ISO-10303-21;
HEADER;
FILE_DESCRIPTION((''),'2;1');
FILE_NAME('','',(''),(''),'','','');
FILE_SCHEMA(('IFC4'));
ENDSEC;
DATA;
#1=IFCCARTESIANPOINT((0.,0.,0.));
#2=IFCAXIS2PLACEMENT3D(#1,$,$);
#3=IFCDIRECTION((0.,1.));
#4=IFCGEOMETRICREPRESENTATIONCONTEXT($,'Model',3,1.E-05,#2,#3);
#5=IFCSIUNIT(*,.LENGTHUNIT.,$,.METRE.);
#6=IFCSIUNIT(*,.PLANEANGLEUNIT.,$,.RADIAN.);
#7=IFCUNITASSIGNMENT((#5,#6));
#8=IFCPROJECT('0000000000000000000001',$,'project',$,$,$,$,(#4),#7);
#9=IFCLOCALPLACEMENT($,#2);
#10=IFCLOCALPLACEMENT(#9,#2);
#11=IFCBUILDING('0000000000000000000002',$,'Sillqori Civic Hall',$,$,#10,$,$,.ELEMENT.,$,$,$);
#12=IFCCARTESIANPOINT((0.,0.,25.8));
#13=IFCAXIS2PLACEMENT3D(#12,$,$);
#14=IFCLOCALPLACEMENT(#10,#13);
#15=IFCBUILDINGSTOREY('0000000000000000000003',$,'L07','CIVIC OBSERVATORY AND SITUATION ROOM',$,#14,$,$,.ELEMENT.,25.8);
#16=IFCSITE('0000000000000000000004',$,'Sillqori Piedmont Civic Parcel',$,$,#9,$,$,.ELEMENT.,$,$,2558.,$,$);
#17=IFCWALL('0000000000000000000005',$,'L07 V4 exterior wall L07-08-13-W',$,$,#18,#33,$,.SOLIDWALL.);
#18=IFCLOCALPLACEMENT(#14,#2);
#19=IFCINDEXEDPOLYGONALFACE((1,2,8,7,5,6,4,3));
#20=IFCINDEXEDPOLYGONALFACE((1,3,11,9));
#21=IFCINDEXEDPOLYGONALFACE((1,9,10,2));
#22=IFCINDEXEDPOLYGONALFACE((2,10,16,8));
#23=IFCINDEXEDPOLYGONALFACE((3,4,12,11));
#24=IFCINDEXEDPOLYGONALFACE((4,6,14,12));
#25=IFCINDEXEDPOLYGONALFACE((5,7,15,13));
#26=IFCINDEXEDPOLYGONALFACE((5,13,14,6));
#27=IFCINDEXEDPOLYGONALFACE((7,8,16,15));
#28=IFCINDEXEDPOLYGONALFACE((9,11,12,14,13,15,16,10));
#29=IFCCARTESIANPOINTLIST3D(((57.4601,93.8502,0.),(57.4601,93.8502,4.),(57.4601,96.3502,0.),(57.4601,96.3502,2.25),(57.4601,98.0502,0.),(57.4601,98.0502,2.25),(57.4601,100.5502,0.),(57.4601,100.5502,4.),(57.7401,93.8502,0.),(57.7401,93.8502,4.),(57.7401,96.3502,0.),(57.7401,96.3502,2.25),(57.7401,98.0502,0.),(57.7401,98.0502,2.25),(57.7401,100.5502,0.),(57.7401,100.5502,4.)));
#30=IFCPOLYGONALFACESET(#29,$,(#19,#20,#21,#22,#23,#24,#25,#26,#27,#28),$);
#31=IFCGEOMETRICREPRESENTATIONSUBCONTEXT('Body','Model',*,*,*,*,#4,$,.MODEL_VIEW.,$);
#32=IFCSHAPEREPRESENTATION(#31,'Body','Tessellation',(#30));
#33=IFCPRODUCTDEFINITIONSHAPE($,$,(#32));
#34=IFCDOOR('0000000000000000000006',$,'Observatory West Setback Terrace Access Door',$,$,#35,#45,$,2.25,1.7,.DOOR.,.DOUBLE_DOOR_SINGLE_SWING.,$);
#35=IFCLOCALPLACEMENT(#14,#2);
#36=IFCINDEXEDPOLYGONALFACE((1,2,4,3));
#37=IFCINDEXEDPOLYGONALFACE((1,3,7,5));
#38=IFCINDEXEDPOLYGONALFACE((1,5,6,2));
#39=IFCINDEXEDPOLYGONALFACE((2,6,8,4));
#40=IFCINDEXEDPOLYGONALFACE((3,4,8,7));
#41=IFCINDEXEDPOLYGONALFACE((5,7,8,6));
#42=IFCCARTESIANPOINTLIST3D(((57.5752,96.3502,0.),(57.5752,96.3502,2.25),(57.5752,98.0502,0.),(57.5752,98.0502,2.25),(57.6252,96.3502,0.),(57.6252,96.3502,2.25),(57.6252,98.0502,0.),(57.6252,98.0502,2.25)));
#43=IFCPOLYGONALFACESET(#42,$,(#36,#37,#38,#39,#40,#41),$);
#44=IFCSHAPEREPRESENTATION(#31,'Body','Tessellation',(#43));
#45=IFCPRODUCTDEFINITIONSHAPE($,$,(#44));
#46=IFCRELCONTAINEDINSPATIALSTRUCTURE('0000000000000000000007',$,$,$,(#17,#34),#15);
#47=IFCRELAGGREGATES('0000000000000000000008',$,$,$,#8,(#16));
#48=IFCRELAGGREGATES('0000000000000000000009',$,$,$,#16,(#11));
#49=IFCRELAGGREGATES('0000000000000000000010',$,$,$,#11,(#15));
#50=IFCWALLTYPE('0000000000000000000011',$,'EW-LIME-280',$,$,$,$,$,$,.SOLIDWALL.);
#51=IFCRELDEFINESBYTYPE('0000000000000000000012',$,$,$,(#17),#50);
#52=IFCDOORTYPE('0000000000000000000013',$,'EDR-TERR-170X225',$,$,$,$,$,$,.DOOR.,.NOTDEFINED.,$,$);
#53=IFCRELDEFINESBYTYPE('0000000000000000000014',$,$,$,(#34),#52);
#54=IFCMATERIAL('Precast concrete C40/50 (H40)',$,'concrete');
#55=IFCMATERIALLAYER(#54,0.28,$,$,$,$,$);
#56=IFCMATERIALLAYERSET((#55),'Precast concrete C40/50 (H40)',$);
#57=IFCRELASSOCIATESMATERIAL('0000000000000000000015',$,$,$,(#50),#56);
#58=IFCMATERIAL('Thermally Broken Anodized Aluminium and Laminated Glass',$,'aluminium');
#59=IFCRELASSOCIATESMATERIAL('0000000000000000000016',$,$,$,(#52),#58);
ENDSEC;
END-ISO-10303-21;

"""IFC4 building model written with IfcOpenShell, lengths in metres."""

from ifc_helpers import new_model, si_unit, direction, frame, frame_2d, origin, place, context, subcontext, project, spatial, rectangle, extrude, material, layer, layer_set, type_object, element, fill, save


model = new_model("IFC4")

# Units and contexts
model_context = context("Model", 3, precision=1e-05, world=origin(), true_north=direction((0.0, 1.0)))
body_context = subcontext(model_context, "Body", "Model", "MODEL_VIEW")
ifc_project = project(units=[si_unit("LENGTHUNIT", "METRE"), si_unit("PLANEANGLEUNIT", "RADIAN")], contexts=[model_context])

# Site, building, storey
site_placement = place(None, origin())
site = spatial("IfcSite", under=ifc_project, at=site_placement, Name="Sillqori Piedmont Civic Parcel", CompositionType="ELEMENT", RefElevation=2558.0)
building_placement = place(site_placement, origin())
building = spatial("IfcBuilding", under=site, at=building_placement, Name="Sillqori Civic Hall", CompositionType="ELEMENT")
storey_placement = place(building_placement, frame((0.0, 0.0, 25.8)))
storey = spatial("IfcBuildingStorey", under=building, at=storey_placement, Name="L07", Description="CIVIC OBSERVATORY AND SITUATION ROOM", CompositionType="ELEMENT", Elevation=25.8)

# Wall, opening, door
ifc_material_1 = material(Name="Precast concrete C40/50 (H40)", Category="concrete")
ifc_layer_1 = layer(ifc_material_1, 0.28)
ifc_layer_set_1 = layer_set([ifc_layer_1], Name="Precast concrete C40/50 (H40)")
wall_type = type_object("IfcWallType", Name="EW-LIME-280", PredefinedType="SOLIDWALL", material=ifc_layer_set_1)
wall_placement = place(storey_placement, frame((57.6001, 93.8501, 0.0), z_axis=(0.0, 0.0, 1.0), x_axis=(0.0, 1.0, 0.0)))
wall = element("IfcWall", 1, at=wall_placement, inside=storey, type_object=wall_type, Name="L07 V4 exterior wall L07-08-13-W", PredefinedType="SOLIDWALL", context=body_context, shape_type="SweptSolid", body=[
    extrude(rectangle(XDim=6.7, YDim=0.28, at=frame_2d((3.3501, 0.0))), origin(), (0.0, 0.0, 1.0), 4.0),
])
opening_placement = place(wall_placement, frame((2.5, 0.0, 0.0)))
opening = element("IfcOpeningElement", 2, at=opening_placement, cuts=wall, PredefinedType="OPENING", context=body_context, shape_type="SweptSolid", body=[
    extrude(rectangle(XDim=1.7, YDim=2.25, at=frame_2d((0.8501, 1.125))), frame((0.0, 0.1499, 0.0), z_axis=(0.0, -1.0, 0.0), x_axis=(1.0, 0.0, 0.0)), (0.0, 0.0, 1.0), 0.3),
])
ifc_material_2 = material(Name="Thermally Broken Anodized Aluminium and Laminated Glass", Category="aluminium")
door_type = type_object("IfcDoorType", Name="EDR-TERR-170X225", OperationType="NOTDEFINED", PredefinedType="DOOR", material=ifc_material_2)
door_placement = place(opening_placement, origin())
door = element("IfcDoor", 3, at=door_placement, inside=storey, type_object=door_type, Name="Observatory West Setback Terrace Access Door", OperationType="DOUBLE_DOOR_SINGLE_SWING", OverallHeight=2.25, OverallWidth=1.7, PredefinedType="DOOR", context=body_context, shape_type="SweptSolid", body=[
    extrude(rectangle(XDim=1.7, YDim=2.25, at=frame_2d((0.8501, 1.125))), frame((0.0, 0.0249, 0.0), z_axis=(0.0, -1.0, 0.0), x_axis=(1.0, 0.0, 0.0)), (0.0, 0.0, 1.0), 0.05),
])
fill(opening, door)

save(model, "model.ifc")
